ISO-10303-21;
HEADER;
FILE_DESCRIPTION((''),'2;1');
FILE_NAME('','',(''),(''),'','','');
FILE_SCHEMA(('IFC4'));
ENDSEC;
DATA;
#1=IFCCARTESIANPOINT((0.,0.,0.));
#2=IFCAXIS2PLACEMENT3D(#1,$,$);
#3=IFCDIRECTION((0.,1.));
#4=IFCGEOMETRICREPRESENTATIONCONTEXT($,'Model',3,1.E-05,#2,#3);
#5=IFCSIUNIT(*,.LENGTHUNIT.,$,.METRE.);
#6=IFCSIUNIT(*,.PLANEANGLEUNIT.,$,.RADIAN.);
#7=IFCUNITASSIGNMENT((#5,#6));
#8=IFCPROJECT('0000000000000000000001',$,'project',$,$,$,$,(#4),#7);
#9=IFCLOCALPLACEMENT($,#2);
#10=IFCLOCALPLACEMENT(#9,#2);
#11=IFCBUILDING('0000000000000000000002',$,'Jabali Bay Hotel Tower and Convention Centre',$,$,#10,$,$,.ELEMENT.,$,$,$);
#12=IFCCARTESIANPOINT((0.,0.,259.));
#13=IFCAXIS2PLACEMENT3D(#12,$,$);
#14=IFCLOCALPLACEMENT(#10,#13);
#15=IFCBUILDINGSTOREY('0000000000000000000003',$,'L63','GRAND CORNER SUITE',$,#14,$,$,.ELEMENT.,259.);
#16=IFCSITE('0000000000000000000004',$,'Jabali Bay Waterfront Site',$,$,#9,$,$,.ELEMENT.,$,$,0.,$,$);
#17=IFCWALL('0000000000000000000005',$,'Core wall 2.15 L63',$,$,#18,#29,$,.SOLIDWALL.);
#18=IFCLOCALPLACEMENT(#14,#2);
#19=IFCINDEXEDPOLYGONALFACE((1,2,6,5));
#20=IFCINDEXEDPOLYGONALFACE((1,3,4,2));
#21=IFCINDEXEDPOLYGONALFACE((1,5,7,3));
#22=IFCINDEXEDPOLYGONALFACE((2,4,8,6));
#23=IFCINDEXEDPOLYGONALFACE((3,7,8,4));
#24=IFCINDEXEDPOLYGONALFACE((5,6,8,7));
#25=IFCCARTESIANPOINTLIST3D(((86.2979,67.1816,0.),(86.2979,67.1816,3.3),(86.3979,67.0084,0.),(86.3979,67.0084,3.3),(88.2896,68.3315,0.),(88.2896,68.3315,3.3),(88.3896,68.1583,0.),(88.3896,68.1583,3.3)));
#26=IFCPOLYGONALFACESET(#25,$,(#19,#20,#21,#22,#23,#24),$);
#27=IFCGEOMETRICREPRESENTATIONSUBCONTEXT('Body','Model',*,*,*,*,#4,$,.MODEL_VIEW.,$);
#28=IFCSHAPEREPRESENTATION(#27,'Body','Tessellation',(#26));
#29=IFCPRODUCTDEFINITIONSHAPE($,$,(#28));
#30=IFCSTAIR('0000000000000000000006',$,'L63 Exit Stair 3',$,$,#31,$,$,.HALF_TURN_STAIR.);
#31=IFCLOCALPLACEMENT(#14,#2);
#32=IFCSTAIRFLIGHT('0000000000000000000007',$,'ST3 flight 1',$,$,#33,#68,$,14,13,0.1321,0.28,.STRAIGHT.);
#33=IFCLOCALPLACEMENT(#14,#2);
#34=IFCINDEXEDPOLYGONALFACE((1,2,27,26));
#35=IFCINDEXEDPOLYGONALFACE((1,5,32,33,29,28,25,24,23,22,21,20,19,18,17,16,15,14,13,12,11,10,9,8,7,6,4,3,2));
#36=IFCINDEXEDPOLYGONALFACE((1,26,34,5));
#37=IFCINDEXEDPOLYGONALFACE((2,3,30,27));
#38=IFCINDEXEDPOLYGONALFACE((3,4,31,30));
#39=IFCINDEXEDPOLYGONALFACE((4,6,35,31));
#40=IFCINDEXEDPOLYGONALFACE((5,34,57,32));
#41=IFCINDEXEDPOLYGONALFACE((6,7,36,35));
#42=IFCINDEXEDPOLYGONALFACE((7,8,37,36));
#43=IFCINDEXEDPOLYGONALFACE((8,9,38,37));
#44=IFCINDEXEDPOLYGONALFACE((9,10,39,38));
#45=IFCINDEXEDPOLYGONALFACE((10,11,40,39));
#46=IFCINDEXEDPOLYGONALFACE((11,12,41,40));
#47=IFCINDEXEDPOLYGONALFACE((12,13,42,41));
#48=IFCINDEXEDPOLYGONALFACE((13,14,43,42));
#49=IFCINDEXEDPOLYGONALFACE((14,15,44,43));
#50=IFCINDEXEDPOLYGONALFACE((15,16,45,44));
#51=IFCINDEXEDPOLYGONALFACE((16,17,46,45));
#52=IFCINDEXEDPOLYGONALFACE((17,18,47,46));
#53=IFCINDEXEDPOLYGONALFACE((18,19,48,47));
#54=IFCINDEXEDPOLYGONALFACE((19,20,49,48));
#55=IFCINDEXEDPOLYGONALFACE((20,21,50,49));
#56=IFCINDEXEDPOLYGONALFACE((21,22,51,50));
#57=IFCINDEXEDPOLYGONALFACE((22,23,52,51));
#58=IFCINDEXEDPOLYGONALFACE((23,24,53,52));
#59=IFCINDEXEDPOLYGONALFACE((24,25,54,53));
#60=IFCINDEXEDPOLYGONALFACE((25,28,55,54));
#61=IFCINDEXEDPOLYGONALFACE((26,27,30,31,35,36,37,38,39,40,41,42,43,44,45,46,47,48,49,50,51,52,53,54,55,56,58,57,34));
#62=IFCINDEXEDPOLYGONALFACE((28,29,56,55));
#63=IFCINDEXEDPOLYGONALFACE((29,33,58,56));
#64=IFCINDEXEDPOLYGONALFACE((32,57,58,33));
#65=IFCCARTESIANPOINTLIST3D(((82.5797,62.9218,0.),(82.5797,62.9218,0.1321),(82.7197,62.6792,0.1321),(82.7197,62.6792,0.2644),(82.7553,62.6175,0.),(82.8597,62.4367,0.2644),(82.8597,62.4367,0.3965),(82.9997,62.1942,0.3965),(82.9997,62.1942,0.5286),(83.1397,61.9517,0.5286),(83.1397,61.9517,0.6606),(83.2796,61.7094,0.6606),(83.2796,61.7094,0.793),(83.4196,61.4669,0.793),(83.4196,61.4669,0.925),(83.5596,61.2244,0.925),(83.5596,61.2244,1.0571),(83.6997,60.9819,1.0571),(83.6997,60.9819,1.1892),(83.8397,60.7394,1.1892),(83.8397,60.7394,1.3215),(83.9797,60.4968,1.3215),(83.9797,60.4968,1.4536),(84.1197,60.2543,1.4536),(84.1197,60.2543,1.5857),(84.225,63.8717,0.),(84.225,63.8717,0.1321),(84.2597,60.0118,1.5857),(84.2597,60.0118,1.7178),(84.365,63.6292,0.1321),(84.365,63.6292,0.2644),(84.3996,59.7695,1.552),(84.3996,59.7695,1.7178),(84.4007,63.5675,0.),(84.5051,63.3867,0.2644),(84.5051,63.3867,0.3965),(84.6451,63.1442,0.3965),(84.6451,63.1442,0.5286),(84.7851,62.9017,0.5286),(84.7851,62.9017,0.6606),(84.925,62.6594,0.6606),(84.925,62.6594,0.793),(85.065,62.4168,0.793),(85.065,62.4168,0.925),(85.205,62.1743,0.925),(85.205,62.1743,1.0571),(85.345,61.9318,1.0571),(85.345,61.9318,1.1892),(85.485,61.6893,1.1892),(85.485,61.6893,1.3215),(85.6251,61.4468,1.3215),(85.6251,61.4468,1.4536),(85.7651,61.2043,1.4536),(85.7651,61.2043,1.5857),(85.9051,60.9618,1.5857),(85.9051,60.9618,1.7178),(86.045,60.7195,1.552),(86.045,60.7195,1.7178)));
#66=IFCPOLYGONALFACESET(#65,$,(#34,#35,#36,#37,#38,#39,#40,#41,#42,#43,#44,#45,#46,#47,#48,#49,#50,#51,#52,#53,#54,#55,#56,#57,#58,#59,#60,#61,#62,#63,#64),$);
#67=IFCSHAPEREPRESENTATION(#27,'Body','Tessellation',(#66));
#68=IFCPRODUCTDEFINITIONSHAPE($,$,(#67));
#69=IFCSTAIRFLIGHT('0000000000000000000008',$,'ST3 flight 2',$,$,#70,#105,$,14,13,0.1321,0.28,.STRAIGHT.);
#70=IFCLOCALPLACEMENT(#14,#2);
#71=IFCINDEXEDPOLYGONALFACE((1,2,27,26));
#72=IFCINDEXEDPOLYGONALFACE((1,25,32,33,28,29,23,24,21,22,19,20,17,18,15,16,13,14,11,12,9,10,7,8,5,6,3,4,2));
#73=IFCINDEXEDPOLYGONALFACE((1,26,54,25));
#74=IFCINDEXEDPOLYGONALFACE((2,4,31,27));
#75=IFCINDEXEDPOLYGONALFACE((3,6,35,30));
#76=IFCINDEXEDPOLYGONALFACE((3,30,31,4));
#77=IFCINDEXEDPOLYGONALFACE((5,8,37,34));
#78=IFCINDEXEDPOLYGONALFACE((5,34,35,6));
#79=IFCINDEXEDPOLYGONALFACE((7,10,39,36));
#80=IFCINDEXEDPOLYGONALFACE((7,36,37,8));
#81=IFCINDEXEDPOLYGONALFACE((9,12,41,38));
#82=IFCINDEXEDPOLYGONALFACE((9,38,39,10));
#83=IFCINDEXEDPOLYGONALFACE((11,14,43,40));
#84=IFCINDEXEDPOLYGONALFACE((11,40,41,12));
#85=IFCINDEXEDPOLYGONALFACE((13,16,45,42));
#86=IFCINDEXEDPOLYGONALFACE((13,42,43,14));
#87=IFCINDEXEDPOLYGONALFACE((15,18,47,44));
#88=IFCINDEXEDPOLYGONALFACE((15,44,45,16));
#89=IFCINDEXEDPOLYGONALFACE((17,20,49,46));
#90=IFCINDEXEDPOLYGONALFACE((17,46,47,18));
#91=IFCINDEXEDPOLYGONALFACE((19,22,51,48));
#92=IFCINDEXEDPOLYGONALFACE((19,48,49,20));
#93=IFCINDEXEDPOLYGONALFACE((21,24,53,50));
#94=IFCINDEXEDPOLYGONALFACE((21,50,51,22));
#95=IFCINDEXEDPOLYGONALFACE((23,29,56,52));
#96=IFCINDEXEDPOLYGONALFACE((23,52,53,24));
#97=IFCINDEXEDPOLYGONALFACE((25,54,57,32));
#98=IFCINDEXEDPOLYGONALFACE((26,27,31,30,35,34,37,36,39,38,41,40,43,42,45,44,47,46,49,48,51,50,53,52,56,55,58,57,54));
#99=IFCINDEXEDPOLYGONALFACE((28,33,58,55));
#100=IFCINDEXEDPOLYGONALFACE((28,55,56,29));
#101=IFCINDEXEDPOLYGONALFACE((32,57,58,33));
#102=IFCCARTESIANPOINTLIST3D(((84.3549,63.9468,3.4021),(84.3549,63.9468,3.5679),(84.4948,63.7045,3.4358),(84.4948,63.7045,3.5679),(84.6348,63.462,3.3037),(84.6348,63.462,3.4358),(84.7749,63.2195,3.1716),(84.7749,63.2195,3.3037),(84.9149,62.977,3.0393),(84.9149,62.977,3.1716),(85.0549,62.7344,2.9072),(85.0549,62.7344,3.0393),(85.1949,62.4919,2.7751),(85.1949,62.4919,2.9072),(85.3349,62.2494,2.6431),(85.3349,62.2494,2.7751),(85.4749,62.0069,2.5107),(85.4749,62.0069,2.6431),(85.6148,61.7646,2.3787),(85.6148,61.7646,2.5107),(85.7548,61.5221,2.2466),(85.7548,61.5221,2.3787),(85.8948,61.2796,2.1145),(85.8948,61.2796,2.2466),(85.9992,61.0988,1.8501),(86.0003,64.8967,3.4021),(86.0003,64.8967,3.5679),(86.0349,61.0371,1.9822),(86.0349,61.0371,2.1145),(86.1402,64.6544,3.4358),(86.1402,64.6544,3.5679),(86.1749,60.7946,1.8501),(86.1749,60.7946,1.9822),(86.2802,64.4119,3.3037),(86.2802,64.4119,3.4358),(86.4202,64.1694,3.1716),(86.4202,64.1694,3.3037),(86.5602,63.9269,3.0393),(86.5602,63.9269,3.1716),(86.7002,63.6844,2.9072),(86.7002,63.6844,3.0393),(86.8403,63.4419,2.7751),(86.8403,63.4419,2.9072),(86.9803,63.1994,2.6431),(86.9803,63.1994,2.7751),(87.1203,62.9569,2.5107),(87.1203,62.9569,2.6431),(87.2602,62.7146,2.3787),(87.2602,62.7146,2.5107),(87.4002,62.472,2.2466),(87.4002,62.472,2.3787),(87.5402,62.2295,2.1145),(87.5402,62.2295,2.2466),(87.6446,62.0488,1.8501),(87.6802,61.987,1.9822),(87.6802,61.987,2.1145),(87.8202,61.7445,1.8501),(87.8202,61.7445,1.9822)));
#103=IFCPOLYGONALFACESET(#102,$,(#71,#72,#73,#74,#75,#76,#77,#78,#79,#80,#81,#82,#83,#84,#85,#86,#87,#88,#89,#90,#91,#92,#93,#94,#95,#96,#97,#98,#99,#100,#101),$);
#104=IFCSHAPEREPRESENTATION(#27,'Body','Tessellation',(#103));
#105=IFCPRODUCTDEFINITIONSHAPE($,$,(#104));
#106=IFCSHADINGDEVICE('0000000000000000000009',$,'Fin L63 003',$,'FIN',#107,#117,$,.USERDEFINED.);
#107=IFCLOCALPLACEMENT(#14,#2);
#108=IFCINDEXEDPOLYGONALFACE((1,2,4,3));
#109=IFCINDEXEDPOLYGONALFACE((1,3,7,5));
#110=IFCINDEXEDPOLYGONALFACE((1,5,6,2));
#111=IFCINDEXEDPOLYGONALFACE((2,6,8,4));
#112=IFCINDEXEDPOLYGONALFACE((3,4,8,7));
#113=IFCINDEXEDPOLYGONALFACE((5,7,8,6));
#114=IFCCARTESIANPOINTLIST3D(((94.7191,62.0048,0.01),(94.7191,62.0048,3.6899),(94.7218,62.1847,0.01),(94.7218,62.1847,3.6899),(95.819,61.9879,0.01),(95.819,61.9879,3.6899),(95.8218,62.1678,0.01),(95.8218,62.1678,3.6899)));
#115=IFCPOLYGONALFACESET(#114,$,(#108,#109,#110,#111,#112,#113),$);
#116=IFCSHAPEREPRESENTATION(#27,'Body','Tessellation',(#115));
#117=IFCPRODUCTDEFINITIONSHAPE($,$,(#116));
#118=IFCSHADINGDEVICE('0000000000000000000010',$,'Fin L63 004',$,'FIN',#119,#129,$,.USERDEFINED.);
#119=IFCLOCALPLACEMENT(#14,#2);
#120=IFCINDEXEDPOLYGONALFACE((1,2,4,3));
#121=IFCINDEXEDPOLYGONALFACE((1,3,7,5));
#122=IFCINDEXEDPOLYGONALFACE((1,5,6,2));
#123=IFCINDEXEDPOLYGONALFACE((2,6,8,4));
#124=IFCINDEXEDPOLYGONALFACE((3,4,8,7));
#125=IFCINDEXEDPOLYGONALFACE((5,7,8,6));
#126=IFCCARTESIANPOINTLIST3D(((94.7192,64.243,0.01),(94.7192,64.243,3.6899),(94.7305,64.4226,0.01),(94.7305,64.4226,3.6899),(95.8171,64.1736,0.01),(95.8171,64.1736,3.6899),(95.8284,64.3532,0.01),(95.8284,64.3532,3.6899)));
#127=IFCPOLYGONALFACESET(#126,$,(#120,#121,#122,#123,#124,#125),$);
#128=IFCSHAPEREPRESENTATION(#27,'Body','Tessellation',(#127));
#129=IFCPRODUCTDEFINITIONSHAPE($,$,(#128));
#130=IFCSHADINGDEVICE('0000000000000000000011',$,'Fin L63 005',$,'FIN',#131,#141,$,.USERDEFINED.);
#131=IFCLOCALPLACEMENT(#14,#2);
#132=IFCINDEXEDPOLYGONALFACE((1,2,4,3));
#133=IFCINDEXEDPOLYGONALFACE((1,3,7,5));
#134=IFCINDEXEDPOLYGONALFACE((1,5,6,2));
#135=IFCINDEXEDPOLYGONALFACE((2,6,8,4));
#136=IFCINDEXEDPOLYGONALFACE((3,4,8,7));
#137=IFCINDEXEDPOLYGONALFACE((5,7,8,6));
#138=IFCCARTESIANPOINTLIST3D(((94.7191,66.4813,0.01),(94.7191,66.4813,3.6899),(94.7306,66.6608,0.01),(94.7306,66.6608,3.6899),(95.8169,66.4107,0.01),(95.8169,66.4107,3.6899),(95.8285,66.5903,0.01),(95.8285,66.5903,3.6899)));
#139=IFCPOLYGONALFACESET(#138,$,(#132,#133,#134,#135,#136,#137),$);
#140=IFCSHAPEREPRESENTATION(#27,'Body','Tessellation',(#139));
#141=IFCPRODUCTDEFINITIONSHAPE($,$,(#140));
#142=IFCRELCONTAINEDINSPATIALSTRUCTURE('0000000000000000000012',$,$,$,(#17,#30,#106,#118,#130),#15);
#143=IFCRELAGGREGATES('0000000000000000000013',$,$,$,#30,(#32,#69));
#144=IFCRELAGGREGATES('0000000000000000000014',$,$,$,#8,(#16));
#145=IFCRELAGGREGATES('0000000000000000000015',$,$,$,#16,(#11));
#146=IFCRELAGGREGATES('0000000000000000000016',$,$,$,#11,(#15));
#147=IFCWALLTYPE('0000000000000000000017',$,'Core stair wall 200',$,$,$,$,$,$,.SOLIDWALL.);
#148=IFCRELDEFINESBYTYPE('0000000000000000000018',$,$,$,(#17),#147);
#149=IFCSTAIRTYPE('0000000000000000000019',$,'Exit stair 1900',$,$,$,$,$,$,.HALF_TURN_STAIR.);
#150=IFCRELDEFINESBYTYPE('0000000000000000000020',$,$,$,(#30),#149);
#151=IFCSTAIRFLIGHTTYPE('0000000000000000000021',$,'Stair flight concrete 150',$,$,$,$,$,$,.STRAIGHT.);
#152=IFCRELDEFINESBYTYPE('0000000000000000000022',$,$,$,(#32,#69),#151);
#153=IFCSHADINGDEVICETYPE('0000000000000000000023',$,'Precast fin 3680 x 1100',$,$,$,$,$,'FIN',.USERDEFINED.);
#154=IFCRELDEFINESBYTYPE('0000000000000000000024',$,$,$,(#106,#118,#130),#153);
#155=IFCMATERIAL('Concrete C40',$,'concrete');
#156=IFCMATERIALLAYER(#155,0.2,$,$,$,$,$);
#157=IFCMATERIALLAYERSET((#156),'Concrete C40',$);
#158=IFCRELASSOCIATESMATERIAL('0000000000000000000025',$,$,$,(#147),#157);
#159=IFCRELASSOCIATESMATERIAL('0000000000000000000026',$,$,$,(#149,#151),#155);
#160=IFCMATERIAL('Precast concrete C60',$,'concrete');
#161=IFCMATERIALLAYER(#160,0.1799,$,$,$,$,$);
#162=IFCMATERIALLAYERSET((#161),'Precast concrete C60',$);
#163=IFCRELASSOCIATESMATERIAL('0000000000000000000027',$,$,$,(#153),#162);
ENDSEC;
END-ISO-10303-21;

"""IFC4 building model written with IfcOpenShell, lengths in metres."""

from ifc_helpers import new_model, si_unit, direction, frame, frame_2d, origin, place, context, subcontext, project, spatial, polyline, rectangle, outline, extrude, material, layer, layer_set, type_object, element, aggregate, save


model = new_model("IFC4")

# Units and contexts
model_context = context("Model", 3, precision=1e-05, world=origin(), true_north=direction((0.0, 1.0)))
body_context = subcontext(model_context, "Body", "Model", "MODEL_VIEW")
ifc_project = project(units=[si_unit("LENGTHUNIT", "METRE"), si_unit("PLANEANGLEUNIT", "RADIAN")], contexts=[model_context])

# Site, building, storey
site_placement = place(None, origin())
site = spatial("IfcSite", under=ifc_project, at=site_placement, Name="Jabali Bay Waterfront Site", CompositionType="ELEMENT", RefElevation=0.0)
building_placement = place(site_placement, origin())
building = spatial("IfcBuilding", under=site, at=building_placement, Name="Jabali Bay Hotel Tower and Convention Centre", CompositionType="ELEMENT")
storey_placement = place(building_placement, frame((0.0, 0.0, 259.0)))
storey = spatial("IfcBuildingStorey", under=building, at=storey_placement, Name="L63", Description="GRAND CORNER SUITE", CompositionType="ELEMENT", Elevation=259.0)

# Shared definitions
ifc_material_1 = material(Name="Concrete C40", Category="concrete")

# Shared definitions
ifc_layer_1 = layer(ifc_material_1, 0.2)
ifc_layer_set_1 = layer_set([ifc_layer_1], Name="Concrete C40")
wall_type_1 = type_object("IfcWallType", Name="Core stair wall 200", PredefinedType="SOLIDWALL", material=ifc_layer_set_1)

# Wall
wall_1_placement = place(storey_placement, frame((86.3479, 67.095, 0.0), z_axis=(0.0, 0.0, 1.0), x_axis=(0.866026, 0.499998, 0.0)))
element("IfcWall", 1, at=wall_1_placement, inside=storey, type_object=wall_type_1, Name="Core wall 2.15 L63", PredefinedType="SOLIDWALL", context=body_context, shape_type="SweptSolid", body=[
    extrude(rectangle(XDim=2.2998, YDim=0.2, at=frame_2d((1.1499, 0.0))), origin(), (0.0, 0.0, 1.0), 3.3),
])

# Stair, stair flights
stair_type = type_object("IfcStairType", Name="Exit stair 1900", PredefinedType="HALF_TURN_STAIR", material=ifc_material_1)
stair_placement = place(storey_placement, origin())
stair = element("IfcStair", 2, at=stair_placement, inside=storey, type_object=stair_type, Name="L63 Exit Stair 3", PredefinedType="HALF_TURN_STAIR")
stair_flight_type = type_object("IfcStairFlightType", Name="Stair flight concrete 150", PredefinedType="STRAIGHT", material=ifc_material_1)
stair_flight_1_placement = place(storey_placement, frame((83.4023, 63.3967, 0.0), z_axis=(0.0, 0.0, 1.0), x_axis=(0.5, -0.866025, 0.0)))
stair_flight_1 = element("IfcStairFlight", 3, at=stair_flight_1_placement, type_object=stair_flight_type, Name="ST3 flight 1", NumberOfRisers=14, NumberOfTreads=13, PredefinedType="STRAIGHT", RiserHeight=0.1321, TreadLength=0.28, context=body_context, shape_type="SweptSolid", body=[
    extrude(outline(polyline([(0.0, 0.0), (0.0, 0.1321), (0.28, 0.1321), (0.28, 0.2644), (0.5601, 0.2644), (0.5601, 0.3965), (0.8401, 0.3965), (0.8401, 0.5286), (1.1201, 0.5286), (1.1201, 0.6606), (1.3999, 0.6606), (1.3999, 0.793), (1.6799, 0.793), (1.6799, 0.925), (1.96, 0.925), (1.96, 1.0571), (2.24, 1.0571), (2.24, 1.1892), (2.52, 1.1892), (2.52, 1.3215), (2.8, 1.3215), (2.8, 1.4536), (3.0801, 1.4536), (3.0801, 1.5857), (3.3601, 1.5857), (3.3601, 1.7178), (3.6399, 1.7178), (3.6399, 1.8501), (3.6399, 1.552), (0.3513, 0.0), (0.0, 0.0)])), frame((0.0, 0.95, 0.0), z_axis=(0.0, -1.0, 0.0), x_axis=(1.0, 0.0, 0.0)), (0.0, 0.0, 1.0), 1.8999),
])
stair_flight_2_placement = place(storey_placement, frame((86.9976, 61.2695, 1.8501), z_axis=(0.0, 0.0, 1.0), x_axis=(-0.5, 0.866025, 0.0)))
stair_flight_2 = element("IfcStairFlight", 4, at=stair_flight_2_placement, type_object=stair_flight_type, Name="ST3 flight 2", NumberOfRisers=14, NumberOfTreads=13, PredefinedType="STRAIGHT", RiserHeight=0.1321, TreadLength=0.28, context=body_context, shape_type="SweptSolid", body=[
    extrude(outline(polyline([(0.0, 0.0), (0.0, 0.1321), (0.28, 0.1321), (0.28, 0.2644), (0.5601, 0.2644), (0.5601, 0.3965), (0.8401, 0.3965), (0.8401, 0.5286), (1.1201, 0.5286), (1.1201, 0.6606), (1.3999, 0.6606), (1.3999, 0.793), (1.6799, 0.793), (1.6799, 0.925), (1.96, 0.925), (1.96, 1.0571), (2.24, 1.0571), (2.24, 1.1892), (2.52, 1.1892), (2.52, 1.3215), (2.8, 1.3215), (2.8, 1.4536), (3.0801, 1.4536), (3.0801, 1.5857), (3.3601, 1.5857), (3.3601, 1.7178), (3.6399, 1.7178), (3.6399, 1.8501), (3.6399, 1.552), (0.3513, 0.0), (0.0, 0.0)])), frame((0.0, 0.95, 0.0), z_axis=(0.0, -1.0, 0.0), x_axis=(1.0, 0.0, 0.0)), (0.0, 0.0, 1.0), 1.8999),
])
aggregate(stair, [stair_flight_1, stair_flight_2])

# Shading devices
ifc_material_2 = material(Name="Precast concrete C60", Category="concrete")
ifc_layer_2 = layer(ifc_material_2, 0.1799)
ifc_layer_set_2 = layer_set([ifc_layer_2], Name="Precast concrete C60")
shading_device_type = type_object("IfcShadingDeviceType", Name="Precast fin 3680 x 1100", ElementType="FIN", PredefinedType="USERDEFINED", material=ifc_layer_set_2)
for number, where, z_axis, x_axis, name in (
    (5, (94.7205, 62.0947, 0.01), (0.0, 0.0, 1.0), (0.999883, -0.015315, 0.0), "Fin L63 003"),
    (6, (94.7249, 64.3328, 0.01), (0.0, 0.0, 1.0), (0.998012, -0.063028, 0.0), "Fin L63 004"),
    (7, (94.7249, 66.571, 0.01), (0.0, 0.0, 1.0), (0.997941, -0.064133, 0.0), "Fin L63 005"),
):
    element("IfcShadingDevice", number, at=place(storey_placement, frame(where, z_axis=z_axis, x_axis=x_axis)), inside=storey, type_object=shading_device_type, Name=name, ObjectType="FIN", PredefinedType="USERDEFINED", context=body_context, shape_type="SweptSolid", body=[
        extrude(rectangle(XDim=1.1001, YDim=0.1799, at=frame_2d((0.55, 0.0))), origin(), (0.0, 0.0, 1.0), 3.6799),
    ])

save(model, "model.ifc")
